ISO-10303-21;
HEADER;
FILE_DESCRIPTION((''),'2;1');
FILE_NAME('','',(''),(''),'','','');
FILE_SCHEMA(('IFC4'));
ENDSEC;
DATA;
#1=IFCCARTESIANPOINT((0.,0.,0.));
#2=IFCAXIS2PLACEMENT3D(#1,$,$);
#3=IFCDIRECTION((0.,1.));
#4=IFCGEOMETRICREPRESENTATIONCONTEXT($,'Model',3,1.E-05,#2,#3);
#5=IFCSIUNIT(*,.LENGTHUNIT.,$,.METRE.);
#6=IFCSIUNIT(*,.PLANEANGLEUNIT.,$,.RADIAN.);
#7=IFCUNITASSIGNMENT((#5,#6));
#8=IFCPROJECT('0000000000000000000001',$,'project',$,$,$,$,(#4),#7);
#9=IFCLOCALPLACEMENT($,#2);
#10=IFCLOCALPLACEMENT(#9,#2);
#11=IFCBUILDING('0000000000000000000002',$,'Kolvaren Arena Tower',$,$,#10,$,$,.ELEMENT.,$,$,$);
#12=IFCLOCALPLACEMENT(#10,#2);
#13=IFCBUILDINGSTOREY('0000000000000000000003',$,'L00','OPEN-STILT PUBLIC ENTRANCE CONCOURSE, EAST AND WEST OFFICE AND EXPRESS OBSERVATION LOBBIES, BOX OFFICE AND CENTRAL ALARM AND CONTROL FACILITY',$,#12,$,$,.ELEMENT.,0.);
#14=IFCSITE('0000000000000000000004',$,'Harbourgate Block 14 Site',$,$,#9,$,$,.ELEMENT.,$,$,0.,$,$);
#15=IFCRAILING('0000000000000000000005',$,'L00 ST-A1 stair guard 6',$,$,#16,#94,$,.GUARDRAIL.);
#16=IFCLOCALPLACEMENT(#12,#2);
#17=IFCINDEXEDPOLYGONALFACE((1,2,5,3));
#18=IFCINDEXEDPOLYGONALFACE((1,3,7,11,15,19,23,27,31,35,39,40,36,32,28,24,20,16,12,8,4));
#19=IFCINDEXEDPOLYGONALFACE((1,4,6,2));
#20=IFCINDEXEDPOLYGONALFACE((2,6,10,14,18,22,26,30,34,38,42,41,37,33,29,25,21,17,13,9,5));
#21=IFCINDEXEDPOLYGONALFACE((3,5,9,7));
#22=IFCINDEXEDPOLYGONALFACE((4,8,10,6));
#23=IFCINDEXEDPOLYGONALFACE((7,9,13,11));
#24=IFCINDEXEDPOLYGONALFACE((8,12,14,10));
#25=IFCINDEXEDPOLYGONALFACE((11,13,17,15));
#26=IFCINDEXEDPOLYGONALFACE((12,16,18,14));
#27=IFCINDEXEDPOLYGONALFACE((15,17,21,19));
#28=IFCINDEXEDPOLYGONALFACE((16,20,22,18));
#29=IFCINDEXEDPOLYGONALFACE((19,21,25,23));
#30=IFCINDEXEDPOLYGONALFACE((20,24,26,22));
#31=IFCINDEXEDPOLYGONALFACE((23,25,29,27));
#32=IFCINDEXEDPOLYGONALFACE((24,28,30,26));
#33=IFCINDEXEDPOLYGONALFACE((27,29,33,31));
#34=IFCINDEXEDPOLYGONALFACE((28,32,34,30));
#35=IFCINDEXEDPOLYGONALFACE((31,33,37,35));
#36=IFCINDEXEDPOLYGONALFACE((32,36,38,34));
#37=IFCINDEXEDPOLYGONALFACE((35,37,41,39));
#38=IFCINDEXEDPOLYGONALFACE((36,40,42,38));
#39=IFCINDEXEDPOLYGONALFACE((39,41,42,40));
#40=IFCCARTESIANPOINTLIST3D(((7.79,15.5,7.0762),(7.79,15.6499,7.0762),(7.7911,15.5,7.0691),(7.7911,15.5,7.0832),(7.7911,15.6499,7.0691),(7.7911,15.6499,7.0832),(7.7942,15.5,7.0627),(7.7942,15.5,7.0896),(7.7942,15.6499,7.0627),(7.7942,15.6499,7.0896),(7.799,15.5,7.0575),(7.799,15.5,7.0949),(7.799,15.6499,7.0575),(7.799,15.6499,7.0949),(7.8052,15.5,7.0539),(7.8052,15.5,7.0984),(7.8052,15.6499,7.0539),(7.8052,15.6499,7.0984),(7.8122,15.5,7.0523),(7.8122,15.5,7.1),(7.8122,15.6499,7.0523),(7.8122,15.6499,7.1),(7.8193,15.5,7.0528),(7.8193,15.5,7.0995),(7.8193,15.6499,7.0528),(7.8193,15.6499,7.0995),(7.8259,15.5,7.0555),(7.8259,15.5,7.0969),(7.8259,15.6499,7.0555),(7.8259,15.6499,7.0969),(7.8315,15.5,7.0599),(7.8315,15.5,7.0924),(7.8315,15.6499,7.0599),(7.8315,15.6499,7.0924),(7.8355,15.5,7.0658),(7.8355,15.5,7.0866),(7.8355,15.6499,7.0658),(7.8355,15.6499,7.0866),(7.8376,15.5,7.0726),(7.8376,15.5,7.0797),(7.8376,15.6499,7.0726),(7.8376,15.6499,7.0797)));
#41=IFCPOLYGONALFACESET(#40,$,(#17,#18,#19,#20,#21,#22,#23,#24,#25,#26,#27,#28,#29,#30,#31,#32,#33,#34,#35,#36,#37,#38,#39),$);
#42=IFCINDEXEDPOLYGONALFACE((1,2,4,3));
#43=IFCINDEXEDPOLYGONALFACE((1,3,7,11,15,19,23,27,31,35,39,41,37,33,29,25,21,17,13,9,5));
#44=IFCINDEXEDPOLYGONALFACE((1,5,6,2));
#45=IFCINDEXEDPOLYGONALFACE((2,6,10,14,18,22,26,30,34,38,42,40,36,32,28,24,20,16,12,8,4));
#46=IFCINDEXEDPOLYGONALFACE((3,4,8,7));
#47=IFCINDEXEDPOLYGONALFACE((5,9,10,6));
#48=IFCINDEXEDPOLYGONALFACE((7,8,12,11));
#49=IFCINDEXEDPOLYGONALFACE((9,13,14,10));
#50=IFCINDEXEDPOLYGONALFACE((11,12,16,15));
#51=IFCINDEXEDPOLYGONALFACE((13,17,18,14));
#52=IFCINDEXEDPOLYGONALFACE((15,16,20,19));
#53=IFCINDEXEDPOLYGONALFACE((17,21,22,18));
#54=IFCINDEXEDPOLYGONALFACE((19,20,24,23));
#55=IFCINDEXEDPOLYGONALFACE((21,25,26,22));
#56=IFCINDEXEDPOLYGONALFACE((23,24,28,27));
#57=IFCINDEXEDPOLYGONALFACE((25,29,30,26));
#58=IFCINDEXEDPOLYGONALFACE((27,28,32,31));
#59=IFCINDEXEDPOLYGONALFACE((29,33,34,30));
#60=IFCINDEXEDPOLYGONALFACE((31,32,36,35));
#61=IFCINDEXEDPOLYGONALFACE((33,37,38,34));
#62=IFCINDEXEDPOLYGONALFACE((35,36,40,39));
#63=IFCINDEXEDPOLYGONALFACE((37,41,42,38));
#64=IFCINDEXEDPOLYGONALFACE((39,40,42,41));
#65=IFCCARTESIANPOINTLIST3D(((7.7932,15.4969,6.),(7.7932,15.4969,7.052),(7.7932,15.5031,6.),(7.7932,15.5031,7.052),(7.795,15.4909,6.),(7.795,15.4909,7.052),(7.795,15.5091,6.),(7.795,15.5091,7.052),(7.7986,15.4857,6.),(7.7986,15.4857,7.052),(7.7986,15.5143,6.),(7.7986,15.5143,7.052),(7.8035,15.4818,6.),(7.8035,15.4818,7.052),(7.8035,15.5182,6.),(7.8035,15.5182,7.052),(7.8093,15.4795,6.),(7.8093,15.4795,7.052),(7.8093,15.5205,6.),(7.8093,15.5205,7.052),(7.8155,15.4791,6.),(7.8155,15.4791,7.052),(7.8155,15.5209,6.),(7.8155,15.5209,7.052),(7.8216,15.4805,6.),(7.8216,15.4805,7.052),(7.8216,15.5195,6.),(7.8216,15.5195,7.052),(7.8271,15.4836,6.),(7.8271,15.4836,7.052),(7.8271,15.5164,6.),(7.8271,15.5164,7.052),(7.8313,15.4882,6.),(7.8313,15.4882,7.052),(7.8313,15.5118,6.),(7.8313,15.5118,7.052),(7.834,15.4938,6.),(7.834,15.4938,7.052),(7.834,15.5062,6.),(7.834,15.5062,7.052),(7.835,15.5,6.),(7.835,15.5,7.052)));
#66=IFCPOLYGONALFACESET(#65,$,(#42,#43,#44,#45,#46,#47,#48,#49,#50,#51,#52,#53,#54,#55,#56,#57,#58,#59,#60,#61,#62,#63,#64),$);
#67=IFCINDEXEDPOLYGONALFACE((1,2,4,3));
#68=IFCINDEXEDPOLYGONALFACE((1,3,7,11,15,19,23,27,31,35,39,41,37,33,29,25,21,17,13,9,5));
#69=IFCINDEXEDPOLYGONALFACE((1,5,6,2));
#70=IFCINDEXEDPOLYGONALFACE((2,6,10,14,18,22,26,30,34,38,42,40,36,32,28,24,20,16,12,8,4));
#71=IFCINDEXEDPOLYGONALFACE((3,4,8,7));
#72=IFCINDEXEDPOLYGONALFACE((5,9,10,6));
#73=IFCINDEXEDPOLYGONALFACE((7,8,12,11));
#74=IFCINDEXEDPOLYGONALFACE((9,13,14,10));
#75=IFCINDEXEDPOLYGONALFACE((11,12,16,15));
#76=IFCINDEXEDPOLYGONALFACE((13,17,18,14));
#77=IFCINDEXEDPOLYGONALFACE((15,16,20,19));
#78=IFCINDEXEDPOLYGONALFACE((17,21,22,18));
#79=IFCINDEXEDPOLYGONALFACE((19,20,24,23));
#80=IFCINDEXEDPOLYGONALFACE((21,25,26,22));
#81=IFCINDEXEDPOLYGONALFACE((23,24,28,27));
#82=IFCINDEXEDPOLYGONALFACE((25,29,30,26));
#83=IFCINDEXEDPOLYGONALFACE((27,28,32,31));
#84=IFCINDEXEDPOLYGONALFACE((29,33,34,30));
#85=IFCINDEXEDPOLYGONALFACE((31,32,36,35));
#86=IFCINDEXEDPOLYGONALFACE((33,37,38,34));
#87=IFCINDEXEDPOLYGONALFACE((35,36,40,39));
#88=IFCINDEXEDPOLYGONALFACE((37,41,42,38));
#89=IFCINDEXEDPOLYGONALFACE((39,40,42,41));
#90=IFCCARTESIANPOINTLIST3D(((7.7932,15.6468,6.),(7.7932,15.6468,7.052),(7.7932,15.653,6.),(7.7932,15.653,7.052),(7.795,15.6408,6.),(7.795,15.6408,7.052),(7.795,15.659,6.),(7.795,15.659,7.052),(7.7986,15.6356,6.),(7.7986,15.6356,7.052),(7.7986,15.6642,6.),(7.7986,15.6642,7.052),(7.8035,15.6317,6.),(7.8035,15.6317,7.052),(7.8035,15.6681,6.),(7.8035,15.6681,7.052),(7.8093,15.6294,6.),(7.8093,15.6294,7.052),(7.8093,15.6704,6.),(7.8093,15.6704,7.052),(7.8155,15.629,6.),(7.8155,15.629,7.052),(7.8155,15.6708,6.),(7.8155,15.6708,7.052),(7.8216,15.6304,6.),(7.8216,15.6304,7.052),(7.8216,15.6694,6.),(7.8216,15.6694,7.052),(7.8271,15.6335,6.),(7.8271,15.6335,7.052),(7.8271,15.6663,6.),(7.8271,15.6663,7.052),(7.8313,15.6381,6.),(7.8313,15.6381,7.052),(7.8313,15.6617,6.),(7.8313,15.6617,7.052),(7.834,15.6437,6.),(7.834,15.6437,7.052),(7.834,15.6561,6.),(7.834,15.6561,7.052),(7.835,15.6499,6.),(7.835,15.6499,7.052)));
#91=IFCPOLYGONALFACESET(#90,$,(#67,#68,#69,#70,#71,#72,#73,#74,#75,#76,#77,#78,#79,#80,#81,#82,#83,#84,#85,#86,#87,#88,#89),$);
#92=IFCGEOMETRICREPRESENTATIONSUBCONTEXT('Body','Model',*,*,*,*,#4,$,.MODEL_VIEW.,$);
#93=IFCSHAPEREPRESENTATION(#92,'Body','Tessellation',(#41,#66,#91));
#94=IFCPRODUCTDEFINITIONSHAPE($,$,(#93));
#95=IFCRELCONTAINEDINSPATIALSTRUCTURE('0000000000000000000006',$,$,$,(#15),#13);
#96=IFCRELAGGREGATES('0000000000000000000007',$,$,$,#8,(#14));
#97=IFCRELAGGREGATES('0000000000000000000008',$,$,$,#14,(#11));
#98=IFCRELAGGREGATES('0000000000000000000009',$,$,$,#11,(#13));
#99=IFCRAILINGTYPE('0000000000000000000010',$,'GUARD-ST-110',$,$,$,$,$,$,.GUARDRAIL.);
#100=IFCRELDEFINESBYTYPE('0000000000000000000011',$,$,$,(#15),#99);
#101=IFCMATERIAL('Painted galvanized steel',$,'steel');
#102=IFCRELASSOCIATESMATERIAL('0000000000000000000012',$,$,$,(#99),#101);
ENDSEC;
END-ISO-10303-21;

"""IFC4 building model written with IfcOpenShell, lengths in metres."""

from ifc_helpers import new_model, si_unit, direction, frame, origin, origin_2d, place, context, subcontext, project, spatial, circle, extrude, material, type_object, element, save


model = new_model("IFC4")

# Units and contexts
model_context = context("Model", 3, precision=1e-05, world=origin(), true_north=direction((0.0, 1.0)))
body_context = subcontext(model_context, "Body", "Model", "MODEL_VIEW")
ifc_project = project(units=[si_unit("LENGTHUNIT", "METRE"), si_unit("PLANEANGLEUNIT", "RADIAN")], contexts=[model_context])

# Site, building, storey
site_placement = place(None, origin())
site = spatial("IfcSite", under=ifc_project, at=site_placement, Name="Harbourgate Block 14 Site", CompositionType="ELEMENT", RefElevation=0.0)
building_placement = place(site_placement, origin())
building = spatial("IfcBuilding", under=site, at=building_placement, Name="Kolvaren Arena Tower", CompositionType="ELEMENT")
storey_placement = place(building_placement, origin())
storey = spatial("IfcBuildingStorey", under=building, at=storey_placement, Name="L00", Description="OPEN-STILT PUBLIC ENTRANCE CONCOURSE, EAST AND WEST OFFICE AND EXPRESS OBSERVATION LOBBIES, BOX OFFICE AND CENTRAL ALARM AND CONTROL FACILITY", CompositionType="ELEMENT", Elevation=0.0)

# Railing
ifc_material_1 = material(Name="Painted galvanized steel", Category="steel")
railing_type_1 = type_object("IfcRailingType", Name="GUARD-ST-110", PredefinedType="GUARDRAIL", material=ifc_material_1)
railing_1_placement = place(storey_placement, frame((7.814, 15.5, 6.0)))
element("IfcRailing", 1, at=railing_1_placement, inside=storey, type_object=railing_type_1, Name="L00 ST-A1 stair guard 6", PredefinedType="GUARDRAIL", context=body_context, shape_type="SweptSolid", body=[
    extrude(circle(Radius=0.0239, at=origin_2d()), frame((0.0, 0.0, 1.0762), z_axis=(0.0, 1.0, 0.0), x_axis=(-1.0, 0.0, 0.0)), (0.0, 0.0, 1.0), 0.1499),
    extrude(circle(Radius=0.021, at=origin_2d()), origin(), (0.0, 0.0, 1.0), 1.052),
    extrude(circle(Radius=0.021, at=origin_2d()), frame((0.0, 0.1499, 0.0)), (0.0, 0.0, 1.0), 1.052),
])

save(model, "model.ifc")
